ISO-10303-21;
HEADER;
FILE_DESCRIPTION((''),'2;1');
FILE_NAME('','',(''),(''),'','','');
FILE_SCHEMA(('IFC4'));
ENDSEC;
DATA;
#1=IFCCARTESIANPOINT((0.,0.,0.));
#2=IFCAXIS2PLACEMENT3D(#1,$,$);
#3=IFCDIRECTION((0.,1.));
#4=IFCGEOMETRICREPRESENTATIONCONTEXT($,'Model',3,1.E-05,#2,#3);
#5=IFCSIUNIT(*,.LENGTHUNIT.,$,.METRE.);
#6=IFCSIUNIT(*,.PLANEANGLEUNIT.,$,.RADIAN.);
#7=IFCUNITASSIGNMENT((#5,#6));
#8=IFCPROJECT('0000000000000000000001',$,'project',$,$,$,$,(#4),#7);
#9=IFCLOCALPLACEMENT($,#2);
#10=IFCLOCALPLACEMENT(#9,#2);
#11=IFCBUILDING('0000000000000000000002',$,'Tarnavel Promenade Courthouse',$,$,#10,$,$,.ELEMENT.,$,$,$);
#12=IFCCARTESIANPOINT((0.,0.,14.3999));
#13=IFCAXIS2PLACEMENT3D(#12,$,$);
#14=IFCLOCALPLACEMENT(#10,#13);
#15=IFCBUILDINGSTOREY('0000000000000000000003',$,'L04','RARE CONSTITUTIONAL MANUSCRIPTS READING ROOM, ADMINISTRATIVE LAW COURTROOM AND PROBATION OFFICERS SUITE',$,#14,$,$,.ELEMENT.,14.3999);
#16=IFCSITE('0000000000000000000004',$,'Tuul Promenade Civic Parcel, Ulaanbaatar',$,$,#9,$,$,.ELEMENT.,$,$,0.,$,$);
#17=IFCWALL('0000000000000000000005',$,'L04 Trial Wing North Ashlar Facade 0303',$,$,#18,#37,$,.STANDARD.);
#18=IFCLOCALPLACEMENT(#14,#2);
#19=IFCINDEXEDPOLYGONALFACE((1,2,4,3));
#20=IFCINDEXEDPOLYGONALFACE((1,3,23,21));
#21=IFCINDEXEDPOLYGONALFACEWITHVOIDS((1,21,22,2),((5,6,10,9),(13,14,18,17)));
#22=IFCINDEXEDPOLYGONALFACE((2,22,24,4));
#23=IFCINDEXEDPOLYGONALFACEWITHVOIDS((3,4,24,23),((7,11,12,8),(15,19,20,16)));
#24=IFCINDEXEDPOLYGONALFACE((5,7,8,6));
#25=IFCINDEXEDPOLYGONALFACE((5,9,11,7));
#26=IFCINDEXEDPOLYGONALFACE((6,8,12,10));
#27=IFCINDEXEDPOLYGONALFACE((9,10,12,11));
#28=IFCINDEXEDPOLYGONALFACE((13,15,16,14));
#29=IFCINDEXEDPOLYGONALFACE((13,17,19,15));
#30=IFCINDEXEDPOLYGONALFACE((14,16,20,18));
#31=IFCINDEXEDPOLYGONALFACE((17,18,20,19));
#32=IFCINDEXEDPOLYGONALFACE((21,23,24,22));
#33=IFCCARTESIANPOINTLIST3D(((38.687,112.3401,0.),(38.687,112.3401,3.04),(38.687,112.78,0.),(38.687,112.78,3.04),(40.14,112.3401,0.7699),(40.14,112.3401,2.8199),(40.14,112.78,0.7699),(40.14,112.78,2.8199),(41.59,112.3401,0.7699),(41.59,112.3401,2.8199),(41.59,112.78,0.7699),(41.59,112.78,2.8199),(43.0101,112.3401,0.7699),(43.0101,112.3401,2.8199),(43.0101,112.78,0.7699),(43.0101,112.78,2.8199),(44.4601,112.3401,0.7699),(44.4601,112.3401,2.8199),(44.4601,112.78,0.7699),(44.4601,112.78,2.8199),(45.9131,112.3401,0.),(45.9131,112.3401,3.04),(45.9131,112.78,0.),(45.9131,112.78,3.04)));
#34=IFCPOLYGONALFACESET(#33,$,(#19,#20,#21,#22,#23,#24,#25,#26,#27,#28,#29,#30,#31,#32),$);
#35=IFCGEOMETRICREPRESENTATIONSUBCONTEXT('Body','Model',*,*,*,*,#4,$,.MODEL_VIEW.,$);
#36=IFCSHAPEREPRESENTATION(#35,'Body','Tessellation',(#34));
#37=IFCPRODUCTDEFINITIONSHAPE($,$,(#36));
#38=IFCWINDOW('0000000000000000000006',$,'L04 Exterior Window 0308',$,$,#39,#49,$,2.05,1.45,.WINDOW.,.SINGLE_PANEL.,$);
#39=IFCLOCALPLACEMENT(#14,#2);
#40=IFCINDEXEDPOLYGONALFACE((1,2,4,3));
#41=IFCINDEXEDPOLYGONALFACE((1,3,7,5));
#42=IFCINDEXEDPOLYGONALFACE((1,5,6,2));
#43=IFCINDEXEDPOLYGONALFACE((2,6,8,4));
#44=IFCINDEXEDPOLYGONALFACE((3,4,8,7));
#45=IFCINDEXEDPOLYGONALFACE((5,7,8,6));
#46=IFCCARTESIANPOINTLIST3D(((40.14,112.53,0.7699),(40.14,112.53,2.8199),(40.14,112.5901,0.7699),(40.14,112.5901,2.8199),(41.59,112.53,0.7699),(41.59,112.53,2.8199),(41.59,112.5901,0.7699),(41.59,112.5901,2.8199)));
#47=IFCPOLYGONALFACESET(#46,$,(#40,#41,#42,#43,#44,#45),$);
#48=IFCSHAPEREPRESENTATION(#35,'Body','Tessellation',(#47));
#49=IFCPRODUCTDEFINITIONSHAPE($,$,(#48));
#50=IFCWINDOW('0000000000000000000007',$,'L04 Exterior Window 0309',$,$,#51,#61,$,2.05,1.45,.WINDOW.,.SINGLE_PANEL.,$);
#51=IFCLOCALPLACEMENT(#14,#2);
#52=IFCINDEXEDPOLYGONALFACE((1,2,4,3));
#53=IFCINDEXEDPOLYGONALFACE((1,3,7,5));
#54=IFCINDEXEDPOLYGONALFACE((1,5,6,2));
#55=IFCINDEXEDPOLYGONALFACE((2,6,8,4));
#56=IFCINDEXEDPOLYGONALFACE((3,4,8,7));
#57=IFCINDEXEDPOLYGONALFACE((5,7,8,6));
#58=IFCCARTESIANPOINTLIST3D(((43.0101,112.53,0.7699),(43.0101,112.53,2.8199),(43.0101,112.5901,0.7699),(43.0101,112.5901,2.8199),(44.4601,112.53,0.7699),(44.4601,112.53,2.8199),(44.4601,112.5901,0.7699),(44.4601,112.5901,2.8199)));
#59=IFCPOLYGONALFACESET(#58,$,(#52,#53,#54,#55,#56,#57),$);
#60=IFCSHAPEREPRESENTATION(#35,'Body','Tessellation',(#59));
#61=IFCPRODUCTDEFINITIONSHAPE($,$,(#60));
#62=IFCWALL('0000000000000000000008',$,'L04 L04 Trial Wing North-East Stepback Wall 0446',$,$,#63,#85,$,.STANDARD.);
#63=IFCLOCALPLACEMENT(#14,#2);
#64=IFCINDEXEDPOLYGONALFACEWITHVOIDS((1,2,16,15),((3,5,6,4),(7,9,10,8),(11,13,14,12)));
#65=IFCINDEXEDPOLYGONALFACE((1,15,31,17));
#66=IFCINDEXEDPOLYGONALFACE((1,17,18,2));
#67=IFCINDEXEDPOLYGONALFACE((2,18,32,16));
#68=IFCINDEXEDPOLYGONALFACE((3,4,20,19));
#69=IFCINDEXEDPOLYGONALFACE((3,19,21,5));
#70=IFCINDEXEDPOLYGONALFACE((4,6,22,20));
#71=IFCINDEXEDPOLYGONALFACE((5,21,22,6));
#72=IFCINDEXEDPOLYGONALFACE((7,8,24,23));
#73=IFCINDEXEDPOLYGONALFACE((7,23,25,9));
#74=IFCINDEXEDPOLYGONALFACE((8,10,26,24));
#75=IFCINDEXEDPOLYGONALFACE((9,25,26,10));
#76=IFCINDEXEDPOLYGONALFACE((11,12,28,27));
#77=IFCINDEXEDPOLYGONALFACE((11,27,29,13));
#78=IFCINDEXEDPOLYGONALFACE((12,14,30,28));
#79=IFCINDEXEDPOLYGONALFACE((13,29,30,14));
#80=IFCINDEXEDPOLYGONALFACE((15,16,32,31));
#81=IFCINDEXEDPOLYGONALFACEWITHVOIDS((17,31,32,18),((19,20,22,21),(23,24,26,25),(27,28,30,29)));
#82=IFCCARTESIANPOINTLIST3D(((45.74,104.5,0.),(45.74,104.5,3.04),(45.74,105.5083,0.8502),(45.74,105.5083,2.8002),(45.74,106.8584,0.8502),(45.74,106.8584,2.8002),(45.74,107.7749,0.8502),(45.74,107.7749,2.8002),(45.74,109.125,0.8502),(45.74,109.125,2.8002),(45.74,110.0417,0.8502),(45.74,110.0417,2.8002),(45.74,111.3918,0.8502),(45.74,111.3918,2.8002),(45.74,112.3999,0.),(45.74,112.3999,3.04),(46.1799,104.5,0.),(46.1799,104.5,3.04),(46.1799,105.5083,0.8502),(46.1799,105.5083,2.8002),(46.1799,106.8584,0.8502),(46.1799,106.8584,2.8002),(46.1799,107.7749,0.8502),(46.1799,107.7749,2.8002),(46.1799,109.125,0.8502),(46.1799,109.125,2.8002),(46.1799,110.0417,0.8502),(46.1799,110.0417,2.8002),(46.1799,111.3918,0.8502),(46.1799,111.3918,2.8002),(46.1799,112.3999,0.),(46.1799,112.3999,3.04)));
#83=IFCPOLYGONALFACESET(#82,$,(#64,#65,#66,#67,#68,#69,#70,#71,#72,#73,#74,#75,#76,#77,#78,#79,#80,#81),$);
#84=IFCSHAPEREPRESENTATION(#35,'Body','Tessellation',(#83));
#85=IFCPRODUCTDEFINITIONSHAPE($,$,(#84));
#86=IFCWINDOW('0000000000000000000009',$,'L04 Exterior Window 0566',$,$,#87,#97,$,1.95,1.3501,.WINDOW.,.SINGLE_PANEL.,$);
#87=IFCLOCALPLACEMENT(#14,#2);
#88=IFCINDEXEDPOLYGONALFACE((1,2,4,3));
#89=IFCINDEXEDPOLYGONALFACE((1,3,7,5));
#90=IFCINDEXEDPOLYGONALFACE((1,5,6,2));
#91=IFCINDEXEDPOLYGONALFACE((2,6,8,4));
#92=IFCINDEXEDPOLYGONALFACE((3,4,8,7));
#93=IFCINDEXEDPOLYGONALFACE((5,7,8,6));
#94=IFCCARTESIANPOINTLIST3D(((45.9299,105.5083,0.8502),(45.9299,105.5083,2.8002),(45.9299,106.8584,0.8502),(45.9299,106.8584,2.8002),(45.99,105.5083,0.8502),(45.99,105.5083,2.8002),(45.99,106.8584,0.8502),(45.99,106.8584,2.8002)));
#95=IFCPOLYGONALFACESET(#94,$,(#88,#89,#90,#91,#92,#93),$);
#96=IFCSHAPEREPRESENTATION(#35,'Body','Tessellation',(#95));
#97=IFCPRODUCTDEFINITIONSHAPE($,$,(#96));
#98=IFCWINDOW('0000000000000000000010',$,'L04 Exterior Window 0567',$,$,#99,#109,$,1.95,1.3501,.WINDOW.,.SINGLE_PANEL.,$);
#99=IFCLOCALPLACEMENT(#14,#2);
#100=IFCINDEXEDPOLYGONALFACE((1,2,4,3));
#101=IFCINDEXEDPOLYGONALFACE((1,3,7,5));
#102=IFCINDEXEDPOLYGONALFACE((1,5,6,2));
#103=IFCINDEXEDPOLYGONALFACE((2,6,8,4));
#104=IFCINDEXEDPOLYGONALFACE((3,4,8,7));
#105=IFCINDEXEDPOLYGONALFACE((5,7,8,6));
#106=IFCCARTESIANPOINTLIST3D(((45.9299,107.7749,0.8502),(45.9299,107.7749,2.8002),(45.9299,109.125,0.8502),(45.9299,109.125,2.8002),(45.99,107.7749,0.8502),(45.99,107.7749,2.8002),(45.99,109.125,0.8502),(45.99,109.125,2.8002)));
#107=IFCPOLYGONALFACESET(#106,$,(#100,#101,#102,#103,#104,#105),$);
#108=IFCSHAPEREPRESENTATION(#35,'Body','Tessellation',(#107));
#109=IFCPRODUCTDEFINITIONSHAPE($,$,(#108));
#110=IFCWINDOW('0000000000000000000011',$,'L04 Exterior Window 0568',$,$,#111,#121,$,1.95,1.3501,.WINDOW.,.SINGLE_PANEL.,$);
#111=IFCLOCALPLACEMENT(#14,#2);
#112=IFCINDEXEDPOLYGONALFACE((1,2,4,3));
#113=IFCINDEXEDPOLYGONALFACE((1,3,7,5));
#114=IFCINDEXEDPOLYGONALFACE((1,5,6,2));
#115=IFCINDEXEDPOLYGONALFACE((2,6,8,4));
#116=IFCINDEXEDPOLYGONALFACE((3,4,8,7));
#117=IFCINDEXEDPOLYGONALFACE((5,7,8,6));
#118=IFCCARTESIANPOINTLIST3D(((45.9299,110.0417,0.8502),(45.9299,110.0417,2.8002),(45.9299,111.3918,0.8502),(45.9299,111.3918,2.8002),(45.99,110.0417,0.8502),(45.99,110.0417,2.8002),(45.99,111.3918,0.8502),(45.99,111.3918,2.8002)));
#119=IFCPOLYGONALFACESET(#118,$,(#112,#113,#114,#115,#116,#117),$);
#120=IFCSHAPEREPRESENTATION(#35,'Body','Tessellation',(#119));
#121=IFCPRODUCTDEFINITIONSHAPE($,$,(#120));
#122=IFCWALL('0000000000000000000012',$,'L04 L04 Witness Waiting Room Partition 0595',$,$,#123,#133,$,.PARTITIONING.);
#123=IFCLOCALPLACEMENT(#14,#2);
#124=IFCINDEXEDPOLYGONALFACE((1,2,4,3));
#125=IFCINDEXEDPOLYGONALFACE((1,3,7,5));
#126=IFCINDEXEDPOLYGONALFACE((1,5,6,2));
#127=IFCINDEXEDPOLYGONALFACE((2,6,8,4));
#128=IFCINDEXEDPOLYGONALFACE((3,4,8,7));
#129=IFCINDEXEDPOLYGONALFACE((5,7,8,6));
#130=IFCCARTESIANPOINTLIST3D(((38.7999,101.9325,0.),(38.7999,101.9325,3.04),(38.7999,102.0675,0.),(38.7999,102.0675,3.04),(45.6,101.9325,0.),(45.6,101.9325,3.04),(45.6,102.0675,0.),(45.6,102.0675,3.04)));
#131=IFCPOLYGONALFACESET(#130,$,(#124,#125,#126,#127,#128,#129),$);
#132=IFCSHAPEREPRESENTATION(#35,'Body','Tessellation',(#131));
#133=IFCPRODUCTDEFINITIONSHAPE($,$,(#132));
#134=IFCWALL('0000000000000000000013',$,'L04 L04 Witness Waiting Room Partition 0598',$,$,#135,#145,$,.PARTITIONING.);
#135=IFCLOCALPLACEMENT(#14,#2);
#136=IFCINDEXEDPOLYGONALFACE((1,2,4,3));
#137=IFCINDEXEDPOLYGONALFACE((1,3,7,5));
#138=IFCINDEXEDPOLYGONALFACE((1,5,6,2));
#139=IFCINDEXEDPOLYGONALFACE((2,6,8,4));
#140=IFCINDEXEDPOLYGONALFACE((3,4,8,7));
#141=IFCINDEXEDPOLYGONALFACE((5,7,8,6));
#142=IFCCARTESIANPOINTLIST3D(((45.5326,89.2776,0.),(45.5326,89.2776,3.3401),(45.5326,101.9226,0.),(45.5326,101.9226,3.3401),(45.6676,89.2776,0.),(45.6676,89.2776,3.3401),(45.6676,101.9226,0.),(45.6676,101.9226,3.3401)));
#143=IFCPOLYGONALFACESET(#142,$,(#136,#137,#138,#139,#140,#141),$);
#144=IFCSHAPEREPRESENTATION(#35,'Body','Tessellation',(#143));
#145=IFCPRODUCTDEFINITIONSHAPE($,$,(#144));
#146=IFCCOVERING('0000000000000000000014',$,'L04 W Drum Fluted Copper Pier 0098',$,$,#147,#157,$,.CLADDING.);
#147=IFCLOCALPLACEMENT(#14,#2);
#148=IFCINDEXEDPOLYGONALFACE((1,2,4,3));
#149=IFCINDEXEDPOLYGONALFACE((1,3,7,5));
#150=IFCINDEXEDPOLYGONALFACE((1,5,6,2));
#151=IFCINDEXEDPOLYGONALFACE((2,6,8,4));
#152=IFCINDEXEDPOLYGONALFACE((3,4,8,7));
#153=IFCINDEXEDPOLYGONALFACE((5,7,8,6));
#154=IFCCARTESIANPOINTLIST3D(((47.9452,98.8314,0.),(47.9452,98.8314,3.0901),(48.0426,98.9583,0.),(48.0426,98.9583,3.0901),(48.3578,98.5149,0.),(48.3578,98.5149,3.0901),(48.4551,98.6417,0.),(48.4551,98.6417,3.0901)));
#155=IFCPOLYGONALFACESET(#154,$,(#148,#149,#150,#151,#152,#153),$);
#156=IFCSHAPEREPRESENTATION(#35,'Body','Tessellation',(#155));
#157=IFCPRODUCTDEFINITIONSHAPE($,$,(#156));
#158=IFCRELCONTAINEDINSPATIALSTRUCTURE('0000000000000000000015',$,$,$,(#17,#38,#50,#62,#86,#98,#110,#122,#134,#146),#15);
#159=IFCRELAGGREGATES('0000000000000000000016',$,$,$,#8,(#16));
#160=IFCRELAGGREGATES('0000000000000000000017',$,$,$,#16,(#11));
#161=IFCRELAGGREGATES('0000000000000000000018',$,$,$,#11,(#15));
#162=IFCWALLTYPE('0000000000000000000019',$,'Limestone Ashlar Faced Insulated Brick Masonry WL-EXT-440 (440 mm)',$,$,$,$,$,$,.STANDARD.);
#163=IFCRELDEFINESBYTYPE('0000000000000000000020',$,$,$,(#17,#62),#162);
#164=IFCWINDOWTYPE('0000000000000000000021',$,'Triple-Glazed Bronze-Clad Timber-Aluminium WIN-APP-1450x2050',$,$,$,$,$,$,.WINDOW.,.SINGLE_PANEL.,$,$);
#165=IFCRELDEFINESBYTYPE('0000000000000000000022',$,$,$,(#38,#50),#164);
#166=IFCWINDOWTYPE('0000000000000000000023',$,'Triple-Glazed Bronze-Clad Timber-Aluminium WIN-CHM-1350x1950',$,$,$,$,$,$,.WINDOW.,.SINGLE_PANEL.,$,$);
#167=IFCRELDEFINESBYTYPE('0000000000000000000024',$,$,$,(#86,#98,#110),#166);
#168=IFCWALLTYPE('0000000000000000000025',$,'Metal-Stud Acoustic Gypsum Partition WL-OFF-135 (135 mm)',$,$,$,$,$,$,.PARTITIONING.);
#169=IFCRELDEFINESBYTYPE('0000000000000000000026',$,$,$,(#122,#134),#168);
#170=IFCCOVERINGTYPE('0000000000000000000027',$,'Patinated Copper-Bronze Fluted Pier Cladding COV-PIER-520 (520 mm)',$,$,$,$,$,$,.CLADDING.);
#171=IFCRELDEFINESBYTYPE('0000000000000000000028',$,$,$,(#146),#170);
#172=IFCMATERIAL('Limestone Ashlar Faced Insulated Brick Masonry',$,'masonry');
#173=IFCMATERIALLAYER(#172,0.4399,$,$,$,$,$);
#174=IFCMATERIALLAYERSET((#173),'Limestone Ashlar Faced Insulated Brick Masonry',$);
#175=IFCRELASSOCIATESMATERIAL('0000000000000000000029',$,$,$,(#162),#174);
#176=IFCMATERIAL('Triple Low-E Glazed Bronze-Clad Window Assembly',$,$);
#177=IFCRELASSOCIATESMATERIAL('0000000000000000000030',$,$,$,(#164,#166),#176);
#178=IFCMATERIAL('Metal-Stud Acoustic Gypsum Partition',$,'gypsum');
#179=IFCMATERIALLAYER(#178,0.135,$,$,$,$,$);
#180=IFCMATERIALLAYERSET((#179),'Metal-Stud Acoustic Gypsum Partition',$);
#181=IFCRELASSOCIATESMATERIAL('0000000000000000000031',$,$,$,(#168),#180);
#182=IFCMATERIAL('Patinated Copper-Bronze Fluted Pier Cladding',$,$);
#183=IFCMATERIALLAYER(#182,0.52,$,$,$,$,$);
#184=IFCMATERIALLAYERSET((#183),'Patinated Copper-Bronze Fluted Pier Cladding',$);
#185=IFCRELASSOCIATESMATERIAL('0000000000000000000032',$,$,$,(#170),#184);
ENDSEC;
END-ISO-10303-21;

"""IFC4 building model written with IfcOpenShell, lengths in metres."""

from ifc_helpers import new_model, si_unit, direction, frame, frame_2d, origin, origin_2d, place, context, subcontext, project, spatial, rectangle, extrude, material, layer, layer_set, type_object, element, fill, save


model = new_model("IFC4")

# Units and contexts
model_context = context("Model", 3, precision=1e-05, world=origin(), true_north=direction((0.0, 1.0)))
body_context = subcontext(model_context, "Body", "Model", "MODEL_VIEW")
ifc_project = project(units=[si_unit("LENGTHUNIT", "METRE"), si_unit("PLANEANGLEUNIT", "RADIAN")], contexts=[model_context])

# Site, building, storey
site_placement = place(None, origin())
site = spatial("IfcSite", under=ifc_project, at=site_placement, Name="Tuul Promenade Civic Parcel, Ulaanbaatar", CompositionType="ELEMENT", RefElevation=0.0)
building_placement = place(site_placement, origin())
building = spatial("IfcBuilding", under=site, at=building_placement, Name="Tarnavel Promenade Courthouse", CompositionType="ELEMENT")
storey_placement = place(building_placement, frame((0.0, 0.0, 14.3999)))
storey = spatial("IfcBuildingStorey", under=building, at=storey_placement, Name="L04", Description="RARE CONSTITUTIONAL MANUSCRIPTS READING ROOM, ADMINISTRATIVE LAW COURTROOM AND PROBATION OFFICERS SUITE", CompositionType="ELEMENT", Elevation=14.3999)

# Walls, openings, windows
ifc_material_1 = material(Name="Limestone Ashlar Faced Insulated Brick Masonry", Category="masonry")
ifc_layer_1 = layer(ifc_material_1, 0.4399)
ifc_layer_set_1 = layer_set([ifc_layer_1], Name="Limestone Ashlar Faced Insulated Brick Masonry")
wall_type_1 = type_object("IfcWallType", Name="Limestone Ashlar Faced Insulated Brick Masonry WL-EXT-440 (440 mm)", PredefinedType="STANDARD", material=ifc_layer_set_1)
wall_1_placement = place(storey_placement, frame((38.687, 112.5601, 0.0), z_axis=(0.0, 0.0, 1.0), x_axis=(1.0, 0.0, 0.0)))
wall_1 = element("IfcWall", 1, at=wall_1_placement, inside=storey, type_object=wall_type_1, Name="L04 Trial Wing North Ashlar Facade 0303", PredefinedType="STANDARD", context=body_context, shape_type="SweptSolid", body=[
    extrude(rectangle(XDim=7.2261, YDim=0.4399, at=frame_2d((3.613, 0.0))), origin(), (0.0, 0.0, 1.0), 3.04),
])
opening_1_placement = place(wall_1_placement, frame((1.4529, 0.0, 0.77)))
opening_1 = element("IfcOpeningElement", 2, at=opening_1_placement, cuts=wall_1, PredefinedType="OPENING", context=body_context, shape_type="SweptSolid", body=[
    extrude(rectangle(XDim=1.45, YDim=2.05, at=frame_2d((0.7251, 1.0249))), frame((0.0, 0.23, 0.0), z_axis=(0.0, -1.0, 0.0), x_axis=(1.0, 0.0, 0.0)), (0.0, 0.0, 1.0), 0.46),
])
opening_2_placement = place(wall_1_placement, frame((4.323, 0.0, 0.77)))
opening_2 = element("IfcOpeningElement", 3, at=opening_2_placement, cuts=wall_1, PredefinedType="OPENING", context=body_context, shape_type="SweptSolid", body=[
    extrude(rectangle(XDim=1.45, YDim=2.05, at=frame_2d((0.7251, 1.0249))), frame((0.0, 0.23, 0.0), z_axis=(0.0, -1.0, 0.0), x_axis=(1.0, 0.0, 0.0)), (0.0, 0.0, 1.0), 0.46),
])
ifc_material_2 = material(Name="Triple Low-E Glazed Bronze-Clad Window Assembly")
window_type_1 = type_object("IfcWindowType", Name="Triple-Glazed Bronze-Clad Timber-Aluminium WIN-APP-1450x2050", PartitioningType="SINGLE_PANEL", PredefinedType="WINDOW", material=ifc_material_2)
window_1_placement = place(opening_1_placement, origin())
window_1 = element("IfcWindow", 4, at=window_1_placement, inside=storey, type_object=window_type_1, Name="L04 Exterior Window 0308", OverallHeight=2.05, OverallWidth=1.45, PartitioningType="SINGLE_PANEL", PredefinedType="WINDOW", context=body_context, shape_type="SweptSolid", body=[
    extrude(rectangle(XDim=1.45, YDim=2.05, at=frame_2d((0.7251, 1.0249))), frame((0.0, 0.03, 0.0), z_axis=(0.0, -1.0, 0.0), x_axis=(1.0, 0.0, 0.0)), (0.0, 0.0, 1.0), 0.0601),
])
fill(opening_1, window_1)
window_2_placement = place(opening_2_placement, origin())
window_2 = element("IfcWindow", 5, at=window_2_placement, inside=storey, type_object=window_type_1, Name="L04 Exterior Window 0309", OverallHeight=2.05, OverallWidth=1.45, PartitioningType="SINGLE_PANEL", PredefinedType="WINDOW", context=body_context, shape_type="SweptSolid", body=[
    extrude(rectangle(XDim=1.45, YDim=2.05, at=frame_2d((0.7251, 1.0249))), frame((0.0, 0.03, 0.0), z_axis=(0.0, -1.0, 0.0), x_axis=(1.0, 0.0, 0.0)), (0.0, 0.0, 1.0), 0.0601),
])
fill(opening_2, window_2)
wall_2_placement = place(storey_placement, frame((45.96, 104.5, 0.0), z_axis=(0.0, 0.0, 1.0), x_axis=(0.0, 1.0, 0.0)))
wall_2 = element("IfcWall", 6, at=wall_2_placement, inside=storey, type_object=wall_type_1, Name="L04 L04 Trial Wing North-East Stepback Wall 0446", PredefinedType="STANDARD", context=body_context, shape_type="SweptSolid", body=[
    extrude(rectangle(XDim=7.8999, YDim=0.4399, at=frame_2d((3.95, 0.0))), origin(), (0.0, 0.0, 1.0), 3.04),
])
opening_3_placement = place(wall_2_placement, frame((1.0083, 0.0, 0.8501)))
opening_3 = element("IfcOpeningElement", 7, at=opening_3_placement, cuts=wall_2, PredefinedType="OPENING", context=body_context, shape_type="SweptSolid", body=[
    extrude(rectangle(XDim=1.3501, YDim=1.95, at=frame_2d((0.675, 0.9751))), frame((0.0, 0.23, 0.0), z_axis=(0.0, -1.0, 0.0), x_axis=(1.0, 0.0, 0.0)), (0.0, 0.0, 1.0), 0.46),
])
opening_4_placement = place(wall_2_placement, frame((3.2749, 0.0, 0.8501)))
opening_4 = element("IfcOpeningElement", 8, at=opening_4_placement, cuts=wall_2, PredefinedType="OPENING", context=body_context, shape_type="SweptSolid", body=[
    extrude(rectangle(XDim=1.3501, YDim=1.95, at=frame_2d((0.675, 0.9751))), frame((0.0, 0.23, 0.0), z_axis=(0.0, -1.0, 0.0), x_axis=(1.0, 0.0, 0.0)), (0.0, 0.0, 1.0), 0.46),
])
opening_5_placement = place(wall_2_placement, frame((5.5417, 0.0, 0.8501)))
opening_5 = element("IfcOpeningElement", 9, at=opening_5_placement, cuts=wall_2, PredefinedType="OPENING", context=body_context, shape_type="SweptSolid", body=[
    extrude(rectangle(XDim=1.3501, YDim=1.95, at=frame_2d((0.675, 0.9751))), frame((0.0, 0.23, 0.0), z_axis=(0.0, -1.0, 0.0), x_axis=(1.0, 0.0, 0.0)), (0.0, 0.0, 1.0), 0.46),
])
window_type_2 = type_object("IfcWindowType", Name="Triple-Glazed Bronze-Clad Timber-Aluminium WIN-CHM-1350x1950", PartitioningType="SINGLE_PANEL", PredefinedType="WINDOW", material=ifc_material_2)
window_3_placement = place(opening_3_placement, origin())
window_3 = element("IfcWindow", 10, at=window_3_placement, inside=storey, type_object=window_type_2, Name="L04 Exterior Window 0566", OverallHeight=1.95, OverallWidth=1.3501, PartitioningType="SINGLE_PANEL", PredefinedType="WINDOW", context=body_context, shape_type="SweptSolid", body=[
    extrude(rectangle(XDim=1.3501, YDim=1.95, at=frame_2d((0.675, 0.9751))), frame((0.0, 0.03, 0.0), z_axis=(0.0, -1.0, 0.0), x_axis=(1.0, 0.0, 0.0)), (0.0, 0.0, 1.0), 0.0601),
])
fill(opening_3, window_3)
window_4_placement = place(opening_4_placement, origin())
window_4 = element("IfcWindow", 11, at=window_4_placement, inside=storey, type_object=window_type_2, Name="L04 Exterior Window 0567", OverallHeight=1.95, OverallWidth=1.3501, PartitioningType="SINGLE_PANEL", PredefinedType="WINDOW", context=body_context, shape_type="SweptSolid", body=[
    extrude(rectangle(XDim=1.3501, YDim=1.95, at=frame_2d((0.675, 0.9751))), frame((0.0, 0.03, 0.0), z_axis=(0.0, -1.0, 0.0), x_axis=(1.0, 0.0, 0.0)), (0.0, 0.0, 1.0), 0.0601),
])
fill(opening_4, window_4)
window_5_placement = place(opening_5_placement, origin())
window_5 = element("IfcWindow", 12, at=window_5_placement, inside=storey, type_object=window_type_2, Name="L04 Exterior Window 0568", OverallHeight=1.95, OverallWidth=1.3501, PartitioningType="SINGLE_PANEL", PredefinedType="WINDOW", context=body_context, shape_type="SweptSolid", body=[
    extrude(rectangle(XDim=1.3501, YDim=1.95, at=frame_2d((0.675, 0.9751))), frame((0.0, 0.03, 0.0), z_axis=(0.0, -1.0, 0.0), x_axis=(1.0, 0.0, 0.0)), (0.0, 0.0, 1.0), 0.0601),
])
fill(opening_5, window_5)

# Walls
ifc_material_3 = material(Name="Metal-Stud Acoustic Gypsum Partition", Category="gypsum")
ifc_layer_2 = layer(ifc_material_3, 0.135)
ifc_layer_set_2 = layer_set([ifc_layer_2], Name="Metal-Stud Acoustic Gypsum Partition")
wall_type_2 = type_object("IfcWallType", Name="Metal-Stud Acoustic Gypsum Partition WL-OFF-135 (135 mm)", PredefinedType="PARTITIONING", material=ifc_layer_set_2)
wall_3_placement = place(storey_placement, frame((38.8, 102.0, 0.0), z_axis=(0.0, 0.0, 1.0), x_axis=(1.0, 0.0, 0.0)))
element("IfcWall", 13, at=wall_3_placement, inside=storey, type_object=wall_type_2, Name="L04 L04 Witness Waiting Room Partition 0595", PredefinedType="PARTITIONING", context=body_context, shape_type="SweptSolid", body=[
    extrude(rectangle(XDim=6.8, YDim=0.135, at=frame_2d((3.3999, 0.0))), origin(), (0.0, 0.0, 1.0), 3.04),
])
wall_4_placement = place(storey_placement, frame((45.6001, 101.9226, 0.0), z_axis=(0.0, 0.0, 1.0), x_axis=(0.0, -1.0, 0.0)))
element("IfcWall", 14, at=wall_4_placement, inside=storey, type_object=wall_type_2, Name="L04 L04 Witness Waiting Room Partition 0598", PredefinedType="PARTITIONING", context=body_context, shape_type="SweptSolid", body=[
    extrude(rectangle(XDim=12.645, YDim=0.135, at=frame_2d((6.3225, 0.0))), origin(), (0.0, 0.0, 1.0), 3.3401),
])

# Covering
ifc_material_4 = material(Name="Patinated Copper-Bronze Fluted Pier Cladding")
ifc_layer_3 = layer(ifc_material_4, 0.52)
ifc_layer_set_3 = layer_set([ifc_layer_3], Name="Patinated Copper-Bronze Fluted Pier Cladding")
covering_type = type_object("IfcCoveringType", Name="Patinated Copper-Bronze Fluted Pier Cladding COV-PIER-520 (520 mm)", PredefinedType="CLADDING", material=ifc_layer_set_3)
covering_placement = place(storey_placement, frame((48.2002, 98.7366, 0.0), z_axis=(0.0, 0.0, 1.0), x_axis=(-0.608761, -0.793353, 0.0)))
element("IfcCovering", 15, at=covering_placement, inside=storey, type_object=covering_type, Name="L04 W Drum Fluted Copper Pier 0098", PredefinedType="CLADDING", context=body_context, shape_type="SweptSolid", body=[
    extrude(rectangle(XDim=0.1599, YDim=0.52, at=origin_2d()), origin(), (0.0, 0.0, 1.0), 3.0901),
])

save(model, "model.ifc")
